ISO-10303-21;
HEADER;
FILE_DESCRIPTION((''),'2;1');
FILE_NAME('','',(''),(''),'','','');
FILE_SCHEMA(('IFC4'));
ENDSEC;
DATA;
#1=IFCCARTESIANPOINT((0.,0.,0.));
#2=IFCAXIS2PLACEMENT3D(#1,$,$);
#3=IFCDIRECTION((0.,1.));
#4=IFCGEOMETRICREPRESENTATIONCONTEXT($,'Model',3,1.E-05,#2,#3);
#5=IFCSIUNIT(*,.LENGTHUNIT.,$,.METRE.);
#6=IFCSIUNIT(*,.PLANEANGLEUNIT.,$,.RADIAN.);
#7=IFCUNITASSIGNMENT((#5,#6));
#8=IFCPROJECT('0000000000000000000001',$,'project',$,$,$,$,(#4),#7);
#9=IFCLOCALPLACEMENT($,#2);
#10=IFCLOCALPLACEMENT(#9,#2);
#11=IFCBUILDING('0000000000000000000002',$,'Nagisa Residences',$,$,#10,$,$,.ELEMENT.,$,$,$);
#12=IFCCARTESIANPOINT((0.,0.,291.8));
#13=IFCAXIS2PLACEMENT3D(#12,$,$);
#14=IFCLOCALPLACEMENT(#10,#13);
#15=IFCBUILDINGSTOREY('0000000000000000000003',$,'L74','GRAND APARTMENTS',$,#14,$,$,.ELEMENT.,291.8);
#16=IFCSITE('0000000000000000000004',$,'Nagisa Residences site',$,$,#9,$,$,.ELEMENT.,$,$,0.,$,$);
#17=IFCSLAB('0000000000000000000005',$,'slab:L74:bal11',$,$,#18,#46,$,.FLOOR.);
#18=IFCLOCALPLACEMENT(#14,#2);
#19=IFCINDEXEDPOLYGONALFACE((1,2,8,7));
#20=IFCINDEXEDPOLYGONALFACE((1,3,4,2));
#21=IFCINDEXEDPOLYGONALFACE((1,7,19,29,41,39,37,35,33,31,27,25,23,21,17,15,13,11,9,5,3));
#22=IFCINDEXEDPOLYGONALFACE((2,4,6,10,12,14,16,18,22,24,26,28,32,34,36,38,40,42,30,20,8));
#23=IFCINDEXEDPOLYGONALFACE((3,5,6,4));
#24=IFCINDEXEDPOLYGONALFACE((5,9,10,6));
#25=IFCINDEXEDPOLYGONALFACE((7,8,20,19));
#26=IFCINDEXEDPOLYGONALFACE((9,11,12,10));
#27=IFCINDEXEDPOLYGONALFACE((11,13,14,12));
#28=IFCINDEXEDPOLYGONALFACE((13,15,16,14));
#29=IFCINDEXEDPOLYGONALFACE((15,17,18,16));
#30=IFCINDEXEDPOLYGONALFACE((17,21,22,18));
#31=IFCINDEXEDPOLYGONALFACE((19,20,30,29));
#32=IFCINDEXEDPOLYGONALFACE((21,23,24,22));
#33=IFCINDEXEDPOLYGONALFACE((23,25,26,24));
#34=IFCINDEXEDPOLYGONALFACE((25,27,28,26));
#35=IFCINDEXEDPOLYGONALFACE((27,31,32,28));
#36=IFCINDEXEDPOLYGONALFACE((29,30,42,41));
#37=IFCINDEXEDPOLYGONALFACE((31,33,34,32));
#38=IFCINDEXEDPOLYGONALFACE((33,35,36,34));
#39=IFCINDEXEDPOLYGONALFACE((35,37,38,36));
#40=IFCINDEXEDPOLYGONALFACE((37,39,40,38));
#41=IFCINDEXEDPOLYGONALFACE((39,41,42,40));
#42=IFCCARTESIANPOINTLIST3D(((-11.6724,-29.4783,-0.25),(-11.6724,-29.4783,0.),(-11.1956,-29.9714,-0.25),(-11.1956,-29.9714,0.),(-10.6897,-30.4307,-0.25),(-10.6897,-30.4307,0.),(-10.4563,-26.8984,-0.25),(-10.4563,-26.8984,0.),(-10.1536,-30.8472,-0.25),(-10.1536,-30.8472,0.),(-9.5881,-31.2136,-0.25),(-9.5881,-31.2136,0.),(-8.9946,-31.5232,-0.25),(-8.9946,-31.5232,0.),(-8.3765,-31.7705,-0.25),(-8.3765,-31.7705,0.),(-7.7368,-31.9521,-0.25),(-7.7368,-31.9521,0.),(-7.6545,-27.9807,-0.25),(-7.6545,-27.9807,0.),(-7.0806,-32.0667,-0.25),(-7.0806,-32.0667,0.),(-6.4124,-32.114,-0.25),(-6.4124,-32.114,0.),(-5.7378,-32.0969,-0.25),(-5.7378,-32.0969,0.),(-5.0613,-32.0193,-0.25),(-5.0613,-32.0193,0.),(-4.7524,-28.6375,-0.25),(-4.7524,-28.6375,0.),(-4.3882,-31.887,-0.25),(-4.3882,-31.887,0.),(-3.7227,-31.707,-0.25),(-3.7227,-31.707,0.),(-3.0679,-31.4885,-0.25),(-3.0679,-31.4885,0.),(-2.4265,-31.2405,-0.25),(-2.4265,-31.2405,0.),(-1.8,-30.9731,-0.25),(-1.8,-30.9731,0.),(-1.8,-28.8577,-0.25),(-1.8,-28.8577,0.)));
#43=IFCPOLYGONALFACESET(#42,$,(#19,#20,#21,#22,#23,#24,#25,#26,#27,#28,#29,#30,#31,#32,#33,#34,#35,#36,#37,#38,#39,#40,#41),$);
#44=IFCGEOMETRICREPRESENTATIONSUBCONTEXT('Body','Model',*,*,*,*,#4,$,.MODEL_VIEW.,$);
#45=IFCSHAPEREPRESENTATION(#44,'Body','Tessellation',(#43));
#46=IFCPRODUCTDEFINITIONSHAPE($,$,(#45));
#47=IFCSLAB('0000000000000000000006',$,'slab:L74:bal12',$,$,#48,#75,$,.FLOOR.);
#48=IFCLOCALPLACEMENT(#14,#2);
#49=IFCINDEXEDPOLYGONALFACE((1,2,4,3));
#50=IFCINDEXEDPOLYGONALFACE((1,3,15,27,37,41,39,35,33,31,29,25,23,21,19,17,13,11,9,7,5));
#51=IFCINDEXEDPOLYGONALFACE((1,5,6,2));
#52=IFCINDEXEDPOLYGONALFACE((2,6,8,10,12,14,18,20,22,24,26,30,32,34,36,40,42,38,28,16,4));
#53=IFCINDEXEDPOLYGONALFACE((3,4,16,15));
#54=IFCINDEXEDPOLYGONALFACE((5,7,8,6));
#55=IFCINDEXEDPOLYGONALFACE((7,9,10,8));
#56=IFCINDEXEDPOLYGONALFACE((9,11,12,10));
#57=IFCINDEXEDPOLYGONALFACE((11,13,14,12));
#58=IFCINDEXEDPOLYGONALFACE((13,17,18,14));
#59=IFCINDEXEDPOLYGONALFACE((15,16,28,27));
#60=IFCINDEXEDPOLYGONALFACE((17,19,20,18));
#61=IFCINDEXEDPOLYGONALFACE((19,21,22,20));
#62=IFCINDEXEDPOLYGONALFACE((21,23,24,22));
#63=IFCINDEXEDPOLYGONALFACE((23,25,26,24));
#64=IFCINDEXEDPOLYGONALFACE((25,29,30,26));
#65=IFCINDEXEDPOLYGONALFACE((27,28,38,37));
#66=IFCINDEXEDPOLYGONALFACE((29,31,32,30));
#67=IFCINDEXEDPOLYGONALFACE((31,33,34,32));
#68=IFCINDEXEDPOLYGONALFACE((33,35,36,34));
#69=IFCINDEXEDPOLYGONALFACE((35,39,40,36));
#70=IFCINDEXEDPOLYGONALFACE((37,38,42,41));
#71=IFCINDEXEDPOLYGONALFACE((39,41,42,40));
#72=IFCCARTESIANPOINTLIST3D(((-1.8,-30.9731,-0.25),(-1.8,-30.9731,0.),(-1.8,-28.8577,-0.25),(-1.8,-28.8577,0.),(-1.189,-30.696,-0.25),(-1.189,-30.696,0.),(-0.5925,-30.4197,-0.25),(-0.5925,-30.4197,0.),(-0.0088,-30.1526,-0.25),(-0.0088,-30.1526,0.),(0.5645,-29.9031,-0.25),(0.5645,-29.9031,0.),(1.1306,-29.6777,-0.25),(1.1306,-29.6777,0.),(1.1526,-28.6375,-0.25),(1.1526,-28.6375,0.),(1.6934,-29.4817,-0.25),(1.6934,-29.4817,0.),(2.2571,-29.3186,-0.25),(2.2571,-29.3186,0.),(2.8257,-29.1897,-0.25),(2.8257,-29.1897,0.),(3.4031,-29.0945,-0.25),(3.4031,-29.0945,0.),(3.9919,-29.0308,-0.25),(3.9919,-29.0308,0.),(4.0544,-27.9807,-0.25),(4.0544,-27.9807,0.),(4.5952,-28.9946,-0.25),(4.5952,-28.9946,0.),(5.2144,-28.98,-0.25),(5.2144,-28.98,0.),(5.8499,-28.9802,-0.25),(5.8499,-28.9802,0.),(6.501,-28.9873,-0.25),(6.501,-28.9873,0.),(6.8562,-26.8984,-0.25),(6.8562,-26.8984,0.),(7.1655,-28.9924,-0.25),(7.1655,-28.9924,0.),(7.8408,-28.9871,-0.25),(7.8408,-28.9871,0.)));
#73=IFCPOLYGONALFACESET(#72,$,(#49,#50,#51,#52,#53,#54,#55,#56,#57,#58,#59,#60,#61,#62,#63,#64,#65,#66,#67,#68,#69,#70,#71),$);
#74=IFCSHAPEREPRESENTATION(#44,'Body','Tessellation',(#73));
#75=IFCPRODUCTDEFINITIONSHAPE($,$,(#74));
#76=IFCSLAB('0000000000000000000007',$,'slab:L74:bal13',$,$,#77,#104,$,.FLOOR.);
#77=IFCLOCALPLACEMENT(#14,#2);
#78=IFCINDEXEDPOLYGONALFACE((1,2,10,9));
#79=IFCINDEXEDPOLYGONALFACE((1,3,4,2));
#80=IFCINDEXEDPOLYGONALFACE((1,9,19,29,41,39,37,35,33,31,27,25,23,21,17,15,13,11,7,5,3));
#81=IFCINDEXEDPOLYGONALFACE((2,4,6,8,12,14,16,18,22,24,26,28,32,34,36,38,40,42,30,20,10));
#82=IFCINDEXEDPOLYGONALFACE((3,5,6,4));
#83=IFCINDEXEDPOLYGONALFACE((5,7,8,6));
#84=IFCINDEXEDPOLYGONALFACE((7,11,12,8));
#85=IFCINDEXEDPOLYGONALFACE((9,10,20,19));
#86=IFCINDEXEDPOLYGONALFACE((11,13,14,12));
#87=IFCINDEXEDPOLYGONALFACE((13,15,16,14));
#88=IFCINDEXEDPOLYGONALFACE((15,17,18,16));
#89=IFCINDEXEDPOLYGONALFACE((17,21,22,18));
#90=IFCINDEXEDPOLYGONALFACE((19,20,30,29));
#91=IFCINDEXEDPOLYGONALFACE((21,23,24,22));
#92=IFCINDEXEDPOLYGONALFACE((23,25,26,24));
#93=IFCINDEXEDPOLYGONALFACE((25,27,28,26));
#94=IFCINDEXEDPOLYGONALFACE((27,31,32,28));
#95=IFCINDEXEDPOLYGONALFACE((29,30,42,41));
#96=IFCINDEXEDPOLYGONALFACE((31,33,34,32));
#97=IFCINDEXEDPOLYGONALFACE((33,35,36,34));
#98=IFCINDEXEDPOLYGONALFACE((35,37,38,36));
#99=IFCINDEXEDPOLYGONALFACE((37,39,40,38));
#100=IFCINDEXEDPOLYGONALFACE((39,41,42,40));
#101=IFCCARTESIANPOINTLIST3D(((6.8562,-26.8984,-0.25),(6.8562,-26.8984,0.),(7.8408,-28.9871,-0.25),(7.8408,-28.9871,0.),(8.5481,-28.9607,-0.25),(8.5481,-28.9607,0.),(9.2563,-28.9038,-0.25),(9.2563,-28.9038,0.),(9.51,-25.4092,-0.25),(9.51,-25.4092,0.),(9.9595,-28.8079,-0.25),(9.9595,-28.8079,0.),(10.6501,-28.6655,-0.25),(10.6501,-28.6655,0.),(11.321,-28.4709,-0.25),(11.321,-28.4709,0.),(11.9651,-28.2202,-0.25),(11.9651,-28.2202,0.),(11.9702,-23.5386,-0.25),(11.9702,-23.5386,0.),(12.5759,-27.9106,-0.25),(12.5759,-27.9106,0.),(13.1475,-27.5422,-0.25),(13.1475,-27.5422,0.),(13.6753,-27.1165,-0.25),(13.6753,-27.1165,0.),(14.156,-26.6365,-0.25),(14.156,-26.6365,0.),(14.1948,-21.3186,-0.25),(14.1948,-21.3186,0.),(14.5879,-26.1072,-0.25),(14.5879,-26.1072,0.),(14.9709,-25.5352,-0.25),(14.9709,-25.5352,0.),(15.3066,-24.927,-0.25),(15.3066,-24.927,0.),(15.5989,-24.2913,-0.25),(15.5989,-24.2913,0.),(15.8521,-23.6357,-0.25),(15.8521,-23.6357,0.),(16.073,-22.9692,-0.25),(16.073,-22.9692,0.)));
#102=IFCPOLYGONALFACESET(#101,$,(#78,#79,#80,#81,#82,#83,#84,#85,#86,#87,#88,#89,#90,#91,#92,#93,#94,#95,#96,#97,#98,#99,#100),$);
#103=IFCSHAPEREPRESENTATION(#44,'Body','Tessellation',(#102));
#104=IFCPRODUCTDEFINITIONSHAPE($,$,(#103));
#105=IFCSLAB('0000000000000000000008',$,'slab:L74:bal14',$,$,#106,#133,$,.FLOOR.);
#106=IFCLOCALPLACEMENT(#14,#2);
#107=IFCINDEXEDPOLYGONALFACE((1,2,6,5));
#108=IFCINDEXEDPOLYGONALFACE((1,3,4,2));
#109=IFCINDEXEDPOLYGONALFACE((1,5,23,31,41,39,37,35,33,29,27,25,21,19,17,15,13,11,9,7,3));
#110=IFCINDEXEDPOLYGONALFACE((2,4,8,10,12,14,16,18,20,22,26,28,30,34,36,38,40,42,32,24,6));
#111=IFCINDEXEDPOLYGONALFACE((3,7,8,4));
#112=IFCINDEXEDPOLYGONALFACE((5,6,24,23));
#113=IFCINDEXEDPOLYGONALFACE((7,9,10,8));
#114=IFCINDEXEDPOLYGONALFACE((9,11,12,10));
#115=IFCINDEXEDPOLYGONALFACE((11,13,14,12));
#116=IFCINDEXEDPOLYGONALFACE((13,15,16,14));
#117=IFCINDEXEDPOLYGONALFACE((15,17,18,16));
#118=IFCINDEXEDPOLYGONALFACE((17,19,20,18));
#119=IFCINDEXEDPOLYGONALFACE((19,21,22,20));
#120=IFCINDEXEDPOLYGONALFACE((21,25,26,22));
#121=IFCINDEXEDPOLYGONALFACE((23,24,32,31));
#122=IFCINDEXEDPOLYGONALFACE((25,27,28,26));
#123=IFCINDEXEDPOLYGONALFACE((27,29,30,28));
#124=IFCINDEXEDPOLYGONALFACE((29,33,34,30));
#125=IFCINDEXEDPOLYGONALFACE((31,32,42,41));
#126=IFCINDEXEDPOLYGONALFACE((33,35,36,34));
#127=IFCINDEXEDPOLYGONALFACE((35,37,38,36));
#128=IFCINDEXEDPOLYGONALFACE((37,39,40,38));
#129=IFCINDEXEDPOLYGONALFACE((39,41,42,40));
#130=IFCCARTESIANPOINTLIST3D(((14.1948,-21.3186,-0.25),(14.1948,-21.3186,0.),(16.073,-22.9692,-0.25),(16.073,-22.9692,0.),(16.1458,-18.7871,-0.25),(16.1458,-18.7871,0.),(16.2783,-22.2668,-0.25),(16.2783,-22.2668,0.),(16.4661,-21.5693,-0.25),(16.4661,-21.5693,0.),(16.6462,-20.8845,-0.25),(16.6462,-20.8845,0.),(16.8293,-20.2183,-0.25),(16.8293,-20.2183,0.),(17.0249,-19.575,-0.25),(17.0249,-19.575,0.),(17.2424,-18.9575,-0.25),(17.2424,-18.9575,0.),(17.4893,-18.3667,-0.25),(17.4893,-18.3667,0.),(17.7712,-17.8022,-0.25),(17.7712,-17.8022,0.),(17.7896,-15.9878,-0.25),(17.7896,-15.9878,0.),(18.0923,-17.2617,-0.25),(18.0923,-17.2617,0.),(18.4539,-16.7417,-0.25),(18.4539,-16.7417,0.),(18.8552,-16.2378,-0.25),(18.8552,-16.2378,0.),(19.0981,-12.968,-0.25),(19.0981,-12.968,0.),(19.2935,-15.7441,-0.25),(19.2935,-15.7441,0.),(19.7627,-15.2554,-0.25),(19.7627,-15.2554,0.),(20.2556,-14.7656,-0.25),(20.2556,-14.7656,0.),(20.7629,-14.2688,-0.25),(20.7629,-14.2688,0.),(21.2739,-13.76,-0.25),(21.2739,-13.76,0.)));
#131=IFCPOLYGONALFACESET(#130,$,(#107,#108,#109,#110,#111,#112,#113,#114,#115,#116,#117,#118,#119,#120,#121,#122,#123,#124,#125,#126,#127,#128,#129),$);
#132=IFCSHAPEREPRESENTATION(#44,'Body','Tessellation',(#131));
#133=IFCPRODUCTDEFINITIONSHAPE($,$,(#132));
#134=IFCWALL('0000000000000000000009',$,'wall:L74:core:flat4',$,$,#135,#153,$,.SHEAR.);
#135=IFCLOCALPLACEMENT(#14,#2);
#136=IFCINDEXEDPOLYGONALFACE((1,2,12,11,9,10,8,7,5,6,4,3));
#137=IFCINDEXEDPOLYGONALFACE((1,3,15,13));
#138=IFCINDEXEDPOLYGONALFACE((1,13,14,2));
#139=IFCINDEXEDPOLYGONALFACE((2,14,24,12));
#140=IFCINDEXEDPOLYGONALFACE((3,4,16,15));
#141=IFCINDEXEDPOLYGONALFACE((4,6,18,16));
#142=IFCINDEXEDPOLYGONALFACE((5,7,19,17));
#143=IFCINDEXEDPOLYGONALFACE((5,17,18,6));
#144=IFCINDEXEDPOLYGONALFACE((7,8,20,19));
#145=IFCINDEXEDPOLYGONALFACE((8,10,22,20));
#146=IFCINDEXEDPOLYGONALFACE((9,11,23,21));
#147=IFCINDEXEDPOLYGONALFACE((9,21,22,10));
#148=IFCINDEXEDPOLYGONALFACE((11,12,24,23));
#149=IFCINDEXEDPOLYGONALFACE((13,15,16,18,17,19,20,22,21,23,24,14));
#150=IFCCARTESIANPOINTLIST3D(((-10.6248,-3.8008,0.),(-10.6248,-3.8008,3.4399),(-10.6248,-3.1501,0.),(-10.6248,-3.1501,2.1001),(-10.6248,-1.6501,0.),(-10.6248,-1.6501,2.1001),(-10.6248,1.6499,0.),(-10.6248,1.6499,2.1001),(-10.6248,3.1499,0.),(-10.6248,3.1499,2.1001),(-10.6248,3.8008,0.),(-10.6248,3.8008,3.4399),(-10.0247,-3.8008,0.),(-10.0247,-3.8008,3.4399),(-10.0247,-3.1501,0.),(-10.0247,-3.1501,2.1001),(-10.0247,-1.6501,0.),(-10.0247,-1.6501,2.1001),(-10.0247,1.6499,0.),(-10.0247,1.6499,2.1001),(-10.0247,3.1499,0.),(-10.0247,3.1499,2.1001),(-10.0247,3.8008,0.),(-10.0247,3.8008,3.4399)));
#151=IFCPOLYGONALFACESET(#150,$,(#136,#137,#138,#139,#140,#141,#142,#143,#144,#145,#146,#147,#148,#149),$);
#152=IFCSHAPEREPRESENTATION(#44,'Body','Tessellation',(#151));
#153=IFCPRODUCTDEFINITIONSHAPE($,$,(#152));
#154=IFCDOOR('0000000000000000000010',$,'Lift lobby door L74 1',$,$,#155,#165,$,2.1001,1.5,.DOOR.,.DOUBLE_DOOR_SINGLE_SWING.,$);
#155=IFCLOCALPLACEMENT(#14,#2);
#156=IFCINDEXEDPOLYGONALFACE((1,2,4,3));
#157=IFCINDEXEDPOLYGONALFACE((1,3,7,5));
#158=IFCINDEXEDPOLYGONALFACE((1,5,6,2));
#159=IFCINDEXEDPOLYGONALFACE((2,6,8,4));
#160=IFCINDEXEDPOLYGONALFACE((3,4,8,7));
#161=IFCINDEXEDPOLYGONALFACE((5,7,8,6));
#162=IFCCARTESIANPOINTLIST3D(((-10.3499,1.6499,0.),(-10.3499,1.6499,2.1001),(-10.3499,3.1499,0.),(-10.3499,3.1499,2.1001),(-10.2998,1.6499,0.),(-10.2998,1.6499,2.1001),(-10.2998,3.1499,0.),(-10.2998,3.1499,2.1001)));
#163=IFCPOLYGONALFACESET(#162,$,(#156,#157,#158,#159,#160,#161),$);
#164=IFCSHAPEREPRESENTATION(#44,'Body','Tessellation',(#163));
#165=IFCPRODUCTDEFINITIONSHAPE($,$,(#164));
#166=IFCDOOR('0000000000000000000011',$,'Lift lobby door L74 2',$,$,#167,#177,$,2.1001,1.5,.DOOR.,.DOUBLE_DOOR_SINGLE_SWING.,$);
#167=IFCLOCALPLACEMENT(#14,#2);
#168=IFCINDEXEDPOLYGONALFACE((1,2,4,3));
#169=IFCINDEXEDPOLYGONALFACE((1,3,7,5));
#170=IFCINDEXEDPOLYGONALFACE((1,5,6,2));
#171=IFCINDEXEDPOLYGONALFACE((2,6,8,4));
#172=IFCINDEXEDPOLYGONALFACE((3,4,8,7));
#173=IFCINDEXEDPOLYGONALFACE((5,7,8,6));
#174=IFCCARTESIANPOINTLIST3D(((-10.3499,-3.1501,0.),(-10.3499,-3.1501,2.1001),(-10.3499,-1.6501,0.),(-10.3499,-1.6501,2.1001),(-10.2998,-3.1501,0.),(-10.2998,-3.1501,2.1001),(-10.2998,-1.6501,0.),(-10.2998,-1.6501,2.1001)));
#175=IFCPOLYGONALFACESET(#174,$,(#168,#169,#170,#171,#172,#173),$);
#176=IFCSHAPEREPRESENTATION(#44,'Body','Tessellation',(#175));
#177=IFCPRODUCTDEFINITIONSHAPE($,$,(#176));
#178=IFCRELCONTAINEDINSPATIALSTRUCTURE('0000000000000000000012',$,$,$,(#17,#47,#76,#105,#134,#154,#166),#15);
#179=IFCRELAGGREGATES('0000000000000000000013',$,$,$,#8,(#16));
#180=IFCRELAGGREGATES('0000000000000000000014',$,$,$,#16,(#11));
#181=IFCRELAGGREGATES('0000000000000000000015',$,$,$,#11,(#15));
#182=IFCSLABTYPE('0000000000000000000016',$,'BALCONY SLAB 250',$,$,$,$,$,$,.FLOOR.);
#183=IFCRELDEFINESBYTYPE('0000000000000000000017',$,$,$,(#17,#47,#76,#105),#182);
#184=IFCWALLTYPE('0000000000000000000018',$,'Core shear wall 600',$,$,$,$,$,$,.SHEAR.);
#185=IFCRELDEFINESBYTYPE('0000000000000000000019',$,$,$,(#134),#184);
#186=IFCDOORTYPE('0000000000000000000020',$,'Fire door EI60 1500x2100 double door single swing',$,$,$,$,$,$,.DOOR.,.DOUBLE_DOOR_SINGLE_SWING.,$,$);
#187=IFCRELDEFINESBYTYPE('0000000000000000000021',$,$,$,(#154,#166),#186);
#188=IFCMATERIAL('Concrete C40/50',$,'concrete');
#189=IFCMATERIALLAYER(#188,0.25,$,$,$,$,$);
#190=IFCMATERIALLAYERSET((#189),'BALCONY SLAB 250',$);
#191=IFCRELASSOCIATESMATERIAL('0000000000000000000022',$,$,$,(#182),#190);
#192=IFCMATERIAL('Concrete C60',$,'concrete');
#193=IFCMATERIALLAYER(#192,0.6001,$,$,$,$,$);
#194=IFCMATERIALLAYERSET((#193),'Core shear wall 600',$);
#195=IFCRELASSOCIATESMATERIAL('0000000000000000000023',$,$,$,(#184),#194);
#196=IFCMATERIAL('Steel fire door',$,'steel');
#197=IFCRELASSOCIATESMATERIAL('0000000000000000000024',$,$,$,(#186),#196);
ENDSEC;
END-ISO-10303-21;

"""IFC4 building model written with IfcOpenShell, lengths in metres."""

from ifc_helpers import new_model, si_unit, direction, frame, frame_2d, origin, place, context, subcontext, project, spatial, polyline, rectangle, outline, extrude, material, layer, layer_set, type_object, element, fill, save


model = new_model("IFC4")

# Units and contexts
model_context = context("Model", 3, precision=1e-05, world=origin(), true_north=direction((0.0, 1.0)))
body_context = subcontext(model_context, "Body", "Model", "MODEL_VIEW")
ifc_project = project(units=[si_unit("LENGTHUNIT", "METRE"), si_unit("PLANEANGLEUNIT", "RADIAN")], contexts=[model_context])

# Site, building, storey
site_placement = place(None, origin())
site = spatial("IfcSite", under=ifc_project, at=site_placement, Name="Nagisa Residences site", CompositionType="ELEMENT", RefElevation=0.0)
building_placement = place(site_placement, origin())
building = spatial("IfcBuilding", under=site, at=building_placement, Name="Nagisa Residences", CompositionType="ELEMENT")
storey_placement = place(building_placement, frame((0.0, 0.0, 291.8)))
storey = spatial("IfcBuildingStorey", under=building, at=storey_placement, Name="L74", Description="GRAND APARTMENTS", CompositionType="ELEMENT", Elevation=291.8)

# Slabs
ifc_material_1 = material(Name="Concrete C40/50", Category="concrete")
ifc_layer_1 = layer(ifc_material_1, 0.25)
ifc_layer_set_1 = layer_set([ifc_layer_1], Name="BALCONY SLAB 250")
slab_type = type_object("IfcSlabType", Name="BALCONY SLAB 250", PredefinedType="FLOOR", material=ifc_layer_set_1)
slab_1_placement = place(storey_placement, frame((0.0, 0.0, -0.25)))
element("IfcSlab", 1, at=slab_1_placement, inside=storey, type_object=slab_type, Name="slab:L74:bal11", PredefinedType="FLOOR", context=body_context, shape_type="SweptSolid", body=[
    extrude(outline(polyline([(-11.6724, -29.4783), (-11.1956, -29.9714), (-10.6897, -30.4307), (-10.1536, -30.8472), (-9.5881, -31.2136), (-8.9946, -31.5232), (-8.3765, -31.7705), (-7.7368, -31.9521), (-7.0806, -32.0667), (-6.4124, -32.114), (-5.7378, -32.0969), (-5.0613, -32.0193), (-4.3882, -31.887), (-3.7227, -31.707), (-3.0679, -31.4885), (-2.4265, -31.2405), (-1.8, -30.9731), (-1.8, -28.8577), (-4.7524, -28.6375), (-7.6545, -27.9807), (-10.4563, -26.8984), (-11.6724, -29.4783)])), origin(), (0.0, 0.0, 1.0), 0.25),
])
slab_2_placement = place(storey_placement, frame((0.0, 0.0, -0.25)))
element("IfcSlab", 2, at=slab_2_placement, inside=storey, type_object=slab_type, Name="slab:L74:bal12", PredefinedType="FLOOR", context=body_context, shape_type="SweptSolid", body=[
    extrude(outline(polyline([(-1.8, -30.9731), (-1.189, -30.696), (-0.5925, -30.4197), (-0.0088, -30.1526), (0.5645, -29.9031), (1.1306, -29.6777), (1.6934, -29.4817), (2.2571, -29.3186), (2.8257, -29.1897), (3.4031, -29.0945), (3.9919, -29.0308), (4.5952, -28.9946), (5.2144, -28.98), (5.8499, -28.9802), (6.501, -28.9873), (7.1655, -28.9924), (7.8408, -28.9871), (6.8562, -26.8984), (4.0544, -27.9807), (1.1526, -28.6375), (-1.8, -28.8577), (-1.8, -30.9731)])), origin(), (0.0, 0.0, 1.0), 0.25),
])
slab_3_placement = place(storey_placement, frame((0.0, 0.0, -0.25)))
element("IfcSlab", 3, at=slab_3_placement, inside=storey, type_object=slab_type, Name="slab:L74:bal13", PredefinedType="FLOOR", context=body_context, shape_type="SweptSolid", body=[
    extrude(outline(polyline([(7.8408, -28.9871), (8.5481, -28.9607), (9.2563, -28.9038), (9.9595, -28.8079), (10.6501, -28.6655), (11.321, -28.4709), (11.9651, -28.2202), (12.5759, -27.9106), (13.1475, -27.5422), (13.6753, -27.1165), (14.156, -26.6365), (14.5879, -26.1072), (14.9709, -25.5352), (15.3066, -24.927), (15.5989, -24.2913), (15.8521, -23.6357), (16.073, -22.9692), (14.1948, -21.3186), (11.9702, -23.5386), (9.51, -25.4092), (6.8562, -26.8984), (7.8408, -28.9871)])), origin(), (0.0, 0.0, 1.0), 0.25),
])
slab_4_placement = place(storey_placement, frame((0.0, 0.0, -0.25)))
element("IfcSlab", 4, at=slab_4_placement, inside=storey, type_object=slab_type, Name="slab:L74:bal14", PredefinedType="FLOOR", context=body_context, shape_type="SweptSolid", body=[
    extrude(outline(polyline([(16.073, -22.9692), (16.2783, -22.2668), (16.4661, -21.5693), (16.6462, -20.8845), (16.8293, -20.2183), (17.0249, -19.575), (17.2424, -18.9575), (17.4893, -18.3667), (17.7712, -17.8022), (18.0923, -17.2617), (18.4539, -16.7417), (18.8552, -16.2378), (19.2935, -15.7441), (19.7627, -15.2554), (20.2556, -14.7656), (20.7629, -14.2688), (21.2739, -13.76), (19.0981, -12.968), (17.7896, -15.9878), (16.1458, -18.7871), (14.1948, -21.3186), (16.073, -22.9692)])), origin(), (0.0, 0.0, 1.0), 0.25),
])

# Wall, openings, doors
ifc_material_2 = material(Name="Concrete C60", Category="concrete")
ifc_layer_2 = layer(ifc_material_2, 0.6001)
ifc_layer_set_2 = layer_set([ifc_layer_2], Name="Core shear wall 600")
wall_type_1 = type_object("IfcWallType", Name="Core shear wall 600", PredefinedType="SHEAR", material=ifc_layer_set_2)
wall_1_placement = place(storey_placement, frame((-10.3247, 3.8008, 0.0), z_axis=(0.0, 0.0, 1.0), x_axis=(0.0, -1.0, 0.0)))
wall_1 = element("IfcWall", 5, at=wall_1_placement, inside=storey, type_object=wall_type_1, Name="wall:L74:core:flat4", PredefinedType="SHEAR", context=body_context, shape_type="SweptSolid", body=[
    extrude(rectangle(XDim=7.6016, YDim=0.6001, at=frame_2d((3.8008, 0.0))), origin(), (0.0, 0.0, 1.0), 3.4399),
])
opening_1_placement = place(wall_1_placement, frame((0.6509, 0.0, 0.0)))
opening_1 = element("IfcOpeningElement", 6, at=opening_1_placement, cuts=wall_1, PredefinedType="OPENING", context=body_context, shape_type="SweptSolid", body=[
    extrude(rectangle(XDim=1.5, YDim=2.1001, at=frame_2d((0.75, 1.05))), frame((0.0, 0.3101, 0.0), z_axis=(0.0, -1.0, 0.0), x_axis=(1.0, 0.0, 0.0)), (0.0, 0.0, 1.0), 0.6201),
])
opening_2_placement = place(wall_1_placement, frame((5.4509, 0.0, 0.0)))
opening_2 = element("IfcOpeningElement", 7, at=opening_2_placement, cuts=wall_1, PredefinedType="OPENING", context=body_context, shape_type="SweptSolid", body=[
    extrude(rectangle(XDim=1.5, YDim=2.1001, at=frame_2d((0.75, 1.05))), frame((0.0, 0.3101, 0.0), z_axis=(0.0, -1.0, 0.0), x_axis=(1.0, 0.0, 0.0)), (0.0, 0.0, 1.0), 0.6201),
])
ifc_material_3 = material(Name="Steel fire door", Category="steel")
door_type_1 = type_object("IfcDoorType", Name="Fire door EI60 1500x2100 double door single swing", OperationType="DOUBLE_DOOR_SINGLE_SWING", PredefinedType="DOOR", material=ifc_material_3)
door_1_placement = place(opening_1_placement, origin())
door_1 = element("IfcDoor", 8, at=door_1_placement, inside=storey, type_object=door_type_1, Name="Lift lobby door L74 1", OperationType="DOUBLE_DOOR_SINGLE_SWING", OverallHeight=2.1001, OverallWidth=1.5, PredefinedType="DOOR", context=body_context, shape_type="SweptSolid", body=[
    extrude(rectangle(XDim=1.5, YDim=2.1001, at=frame_2d((0.75, 1.05))), frame((0.0, 0.0249, 0.0), z_axis=(0.0, -1.0, 0.0), x_axis=(1.0, 0.0, 0.0)), (0.0, 0.0, 1.0), 0.05),
])
fill(opening_1, door_1)
door_2_placement = place(opening_2_placement, origin())
door_2 = element("IfcDoor", 9, at=door_2_placement, inside=storey, type_object=door_type_1, Name="Lift lobby door L74 2", OperationType="DOUBLE_DOOR_SINGLE_SWING", OverallHeight=2.1001, OverallWidth=1.5, PredefinedType="DOOR", context=body_context, shape_type="SweptSolid", body=[
    extrude(rectangle(XDim=1.5, YDim=2.1001, at=frame_2d((0.75, 1.05))), frame((0.0, 0.0249, 0.0), z_axis=(0.0, -1.0, 0.0), x_axis=(1.0, 0.0, 0.0)), (0.0, 0.0, 1.0), 0.05),
])
fill(opening_2, door_2)

save(model, "model.ifc")
